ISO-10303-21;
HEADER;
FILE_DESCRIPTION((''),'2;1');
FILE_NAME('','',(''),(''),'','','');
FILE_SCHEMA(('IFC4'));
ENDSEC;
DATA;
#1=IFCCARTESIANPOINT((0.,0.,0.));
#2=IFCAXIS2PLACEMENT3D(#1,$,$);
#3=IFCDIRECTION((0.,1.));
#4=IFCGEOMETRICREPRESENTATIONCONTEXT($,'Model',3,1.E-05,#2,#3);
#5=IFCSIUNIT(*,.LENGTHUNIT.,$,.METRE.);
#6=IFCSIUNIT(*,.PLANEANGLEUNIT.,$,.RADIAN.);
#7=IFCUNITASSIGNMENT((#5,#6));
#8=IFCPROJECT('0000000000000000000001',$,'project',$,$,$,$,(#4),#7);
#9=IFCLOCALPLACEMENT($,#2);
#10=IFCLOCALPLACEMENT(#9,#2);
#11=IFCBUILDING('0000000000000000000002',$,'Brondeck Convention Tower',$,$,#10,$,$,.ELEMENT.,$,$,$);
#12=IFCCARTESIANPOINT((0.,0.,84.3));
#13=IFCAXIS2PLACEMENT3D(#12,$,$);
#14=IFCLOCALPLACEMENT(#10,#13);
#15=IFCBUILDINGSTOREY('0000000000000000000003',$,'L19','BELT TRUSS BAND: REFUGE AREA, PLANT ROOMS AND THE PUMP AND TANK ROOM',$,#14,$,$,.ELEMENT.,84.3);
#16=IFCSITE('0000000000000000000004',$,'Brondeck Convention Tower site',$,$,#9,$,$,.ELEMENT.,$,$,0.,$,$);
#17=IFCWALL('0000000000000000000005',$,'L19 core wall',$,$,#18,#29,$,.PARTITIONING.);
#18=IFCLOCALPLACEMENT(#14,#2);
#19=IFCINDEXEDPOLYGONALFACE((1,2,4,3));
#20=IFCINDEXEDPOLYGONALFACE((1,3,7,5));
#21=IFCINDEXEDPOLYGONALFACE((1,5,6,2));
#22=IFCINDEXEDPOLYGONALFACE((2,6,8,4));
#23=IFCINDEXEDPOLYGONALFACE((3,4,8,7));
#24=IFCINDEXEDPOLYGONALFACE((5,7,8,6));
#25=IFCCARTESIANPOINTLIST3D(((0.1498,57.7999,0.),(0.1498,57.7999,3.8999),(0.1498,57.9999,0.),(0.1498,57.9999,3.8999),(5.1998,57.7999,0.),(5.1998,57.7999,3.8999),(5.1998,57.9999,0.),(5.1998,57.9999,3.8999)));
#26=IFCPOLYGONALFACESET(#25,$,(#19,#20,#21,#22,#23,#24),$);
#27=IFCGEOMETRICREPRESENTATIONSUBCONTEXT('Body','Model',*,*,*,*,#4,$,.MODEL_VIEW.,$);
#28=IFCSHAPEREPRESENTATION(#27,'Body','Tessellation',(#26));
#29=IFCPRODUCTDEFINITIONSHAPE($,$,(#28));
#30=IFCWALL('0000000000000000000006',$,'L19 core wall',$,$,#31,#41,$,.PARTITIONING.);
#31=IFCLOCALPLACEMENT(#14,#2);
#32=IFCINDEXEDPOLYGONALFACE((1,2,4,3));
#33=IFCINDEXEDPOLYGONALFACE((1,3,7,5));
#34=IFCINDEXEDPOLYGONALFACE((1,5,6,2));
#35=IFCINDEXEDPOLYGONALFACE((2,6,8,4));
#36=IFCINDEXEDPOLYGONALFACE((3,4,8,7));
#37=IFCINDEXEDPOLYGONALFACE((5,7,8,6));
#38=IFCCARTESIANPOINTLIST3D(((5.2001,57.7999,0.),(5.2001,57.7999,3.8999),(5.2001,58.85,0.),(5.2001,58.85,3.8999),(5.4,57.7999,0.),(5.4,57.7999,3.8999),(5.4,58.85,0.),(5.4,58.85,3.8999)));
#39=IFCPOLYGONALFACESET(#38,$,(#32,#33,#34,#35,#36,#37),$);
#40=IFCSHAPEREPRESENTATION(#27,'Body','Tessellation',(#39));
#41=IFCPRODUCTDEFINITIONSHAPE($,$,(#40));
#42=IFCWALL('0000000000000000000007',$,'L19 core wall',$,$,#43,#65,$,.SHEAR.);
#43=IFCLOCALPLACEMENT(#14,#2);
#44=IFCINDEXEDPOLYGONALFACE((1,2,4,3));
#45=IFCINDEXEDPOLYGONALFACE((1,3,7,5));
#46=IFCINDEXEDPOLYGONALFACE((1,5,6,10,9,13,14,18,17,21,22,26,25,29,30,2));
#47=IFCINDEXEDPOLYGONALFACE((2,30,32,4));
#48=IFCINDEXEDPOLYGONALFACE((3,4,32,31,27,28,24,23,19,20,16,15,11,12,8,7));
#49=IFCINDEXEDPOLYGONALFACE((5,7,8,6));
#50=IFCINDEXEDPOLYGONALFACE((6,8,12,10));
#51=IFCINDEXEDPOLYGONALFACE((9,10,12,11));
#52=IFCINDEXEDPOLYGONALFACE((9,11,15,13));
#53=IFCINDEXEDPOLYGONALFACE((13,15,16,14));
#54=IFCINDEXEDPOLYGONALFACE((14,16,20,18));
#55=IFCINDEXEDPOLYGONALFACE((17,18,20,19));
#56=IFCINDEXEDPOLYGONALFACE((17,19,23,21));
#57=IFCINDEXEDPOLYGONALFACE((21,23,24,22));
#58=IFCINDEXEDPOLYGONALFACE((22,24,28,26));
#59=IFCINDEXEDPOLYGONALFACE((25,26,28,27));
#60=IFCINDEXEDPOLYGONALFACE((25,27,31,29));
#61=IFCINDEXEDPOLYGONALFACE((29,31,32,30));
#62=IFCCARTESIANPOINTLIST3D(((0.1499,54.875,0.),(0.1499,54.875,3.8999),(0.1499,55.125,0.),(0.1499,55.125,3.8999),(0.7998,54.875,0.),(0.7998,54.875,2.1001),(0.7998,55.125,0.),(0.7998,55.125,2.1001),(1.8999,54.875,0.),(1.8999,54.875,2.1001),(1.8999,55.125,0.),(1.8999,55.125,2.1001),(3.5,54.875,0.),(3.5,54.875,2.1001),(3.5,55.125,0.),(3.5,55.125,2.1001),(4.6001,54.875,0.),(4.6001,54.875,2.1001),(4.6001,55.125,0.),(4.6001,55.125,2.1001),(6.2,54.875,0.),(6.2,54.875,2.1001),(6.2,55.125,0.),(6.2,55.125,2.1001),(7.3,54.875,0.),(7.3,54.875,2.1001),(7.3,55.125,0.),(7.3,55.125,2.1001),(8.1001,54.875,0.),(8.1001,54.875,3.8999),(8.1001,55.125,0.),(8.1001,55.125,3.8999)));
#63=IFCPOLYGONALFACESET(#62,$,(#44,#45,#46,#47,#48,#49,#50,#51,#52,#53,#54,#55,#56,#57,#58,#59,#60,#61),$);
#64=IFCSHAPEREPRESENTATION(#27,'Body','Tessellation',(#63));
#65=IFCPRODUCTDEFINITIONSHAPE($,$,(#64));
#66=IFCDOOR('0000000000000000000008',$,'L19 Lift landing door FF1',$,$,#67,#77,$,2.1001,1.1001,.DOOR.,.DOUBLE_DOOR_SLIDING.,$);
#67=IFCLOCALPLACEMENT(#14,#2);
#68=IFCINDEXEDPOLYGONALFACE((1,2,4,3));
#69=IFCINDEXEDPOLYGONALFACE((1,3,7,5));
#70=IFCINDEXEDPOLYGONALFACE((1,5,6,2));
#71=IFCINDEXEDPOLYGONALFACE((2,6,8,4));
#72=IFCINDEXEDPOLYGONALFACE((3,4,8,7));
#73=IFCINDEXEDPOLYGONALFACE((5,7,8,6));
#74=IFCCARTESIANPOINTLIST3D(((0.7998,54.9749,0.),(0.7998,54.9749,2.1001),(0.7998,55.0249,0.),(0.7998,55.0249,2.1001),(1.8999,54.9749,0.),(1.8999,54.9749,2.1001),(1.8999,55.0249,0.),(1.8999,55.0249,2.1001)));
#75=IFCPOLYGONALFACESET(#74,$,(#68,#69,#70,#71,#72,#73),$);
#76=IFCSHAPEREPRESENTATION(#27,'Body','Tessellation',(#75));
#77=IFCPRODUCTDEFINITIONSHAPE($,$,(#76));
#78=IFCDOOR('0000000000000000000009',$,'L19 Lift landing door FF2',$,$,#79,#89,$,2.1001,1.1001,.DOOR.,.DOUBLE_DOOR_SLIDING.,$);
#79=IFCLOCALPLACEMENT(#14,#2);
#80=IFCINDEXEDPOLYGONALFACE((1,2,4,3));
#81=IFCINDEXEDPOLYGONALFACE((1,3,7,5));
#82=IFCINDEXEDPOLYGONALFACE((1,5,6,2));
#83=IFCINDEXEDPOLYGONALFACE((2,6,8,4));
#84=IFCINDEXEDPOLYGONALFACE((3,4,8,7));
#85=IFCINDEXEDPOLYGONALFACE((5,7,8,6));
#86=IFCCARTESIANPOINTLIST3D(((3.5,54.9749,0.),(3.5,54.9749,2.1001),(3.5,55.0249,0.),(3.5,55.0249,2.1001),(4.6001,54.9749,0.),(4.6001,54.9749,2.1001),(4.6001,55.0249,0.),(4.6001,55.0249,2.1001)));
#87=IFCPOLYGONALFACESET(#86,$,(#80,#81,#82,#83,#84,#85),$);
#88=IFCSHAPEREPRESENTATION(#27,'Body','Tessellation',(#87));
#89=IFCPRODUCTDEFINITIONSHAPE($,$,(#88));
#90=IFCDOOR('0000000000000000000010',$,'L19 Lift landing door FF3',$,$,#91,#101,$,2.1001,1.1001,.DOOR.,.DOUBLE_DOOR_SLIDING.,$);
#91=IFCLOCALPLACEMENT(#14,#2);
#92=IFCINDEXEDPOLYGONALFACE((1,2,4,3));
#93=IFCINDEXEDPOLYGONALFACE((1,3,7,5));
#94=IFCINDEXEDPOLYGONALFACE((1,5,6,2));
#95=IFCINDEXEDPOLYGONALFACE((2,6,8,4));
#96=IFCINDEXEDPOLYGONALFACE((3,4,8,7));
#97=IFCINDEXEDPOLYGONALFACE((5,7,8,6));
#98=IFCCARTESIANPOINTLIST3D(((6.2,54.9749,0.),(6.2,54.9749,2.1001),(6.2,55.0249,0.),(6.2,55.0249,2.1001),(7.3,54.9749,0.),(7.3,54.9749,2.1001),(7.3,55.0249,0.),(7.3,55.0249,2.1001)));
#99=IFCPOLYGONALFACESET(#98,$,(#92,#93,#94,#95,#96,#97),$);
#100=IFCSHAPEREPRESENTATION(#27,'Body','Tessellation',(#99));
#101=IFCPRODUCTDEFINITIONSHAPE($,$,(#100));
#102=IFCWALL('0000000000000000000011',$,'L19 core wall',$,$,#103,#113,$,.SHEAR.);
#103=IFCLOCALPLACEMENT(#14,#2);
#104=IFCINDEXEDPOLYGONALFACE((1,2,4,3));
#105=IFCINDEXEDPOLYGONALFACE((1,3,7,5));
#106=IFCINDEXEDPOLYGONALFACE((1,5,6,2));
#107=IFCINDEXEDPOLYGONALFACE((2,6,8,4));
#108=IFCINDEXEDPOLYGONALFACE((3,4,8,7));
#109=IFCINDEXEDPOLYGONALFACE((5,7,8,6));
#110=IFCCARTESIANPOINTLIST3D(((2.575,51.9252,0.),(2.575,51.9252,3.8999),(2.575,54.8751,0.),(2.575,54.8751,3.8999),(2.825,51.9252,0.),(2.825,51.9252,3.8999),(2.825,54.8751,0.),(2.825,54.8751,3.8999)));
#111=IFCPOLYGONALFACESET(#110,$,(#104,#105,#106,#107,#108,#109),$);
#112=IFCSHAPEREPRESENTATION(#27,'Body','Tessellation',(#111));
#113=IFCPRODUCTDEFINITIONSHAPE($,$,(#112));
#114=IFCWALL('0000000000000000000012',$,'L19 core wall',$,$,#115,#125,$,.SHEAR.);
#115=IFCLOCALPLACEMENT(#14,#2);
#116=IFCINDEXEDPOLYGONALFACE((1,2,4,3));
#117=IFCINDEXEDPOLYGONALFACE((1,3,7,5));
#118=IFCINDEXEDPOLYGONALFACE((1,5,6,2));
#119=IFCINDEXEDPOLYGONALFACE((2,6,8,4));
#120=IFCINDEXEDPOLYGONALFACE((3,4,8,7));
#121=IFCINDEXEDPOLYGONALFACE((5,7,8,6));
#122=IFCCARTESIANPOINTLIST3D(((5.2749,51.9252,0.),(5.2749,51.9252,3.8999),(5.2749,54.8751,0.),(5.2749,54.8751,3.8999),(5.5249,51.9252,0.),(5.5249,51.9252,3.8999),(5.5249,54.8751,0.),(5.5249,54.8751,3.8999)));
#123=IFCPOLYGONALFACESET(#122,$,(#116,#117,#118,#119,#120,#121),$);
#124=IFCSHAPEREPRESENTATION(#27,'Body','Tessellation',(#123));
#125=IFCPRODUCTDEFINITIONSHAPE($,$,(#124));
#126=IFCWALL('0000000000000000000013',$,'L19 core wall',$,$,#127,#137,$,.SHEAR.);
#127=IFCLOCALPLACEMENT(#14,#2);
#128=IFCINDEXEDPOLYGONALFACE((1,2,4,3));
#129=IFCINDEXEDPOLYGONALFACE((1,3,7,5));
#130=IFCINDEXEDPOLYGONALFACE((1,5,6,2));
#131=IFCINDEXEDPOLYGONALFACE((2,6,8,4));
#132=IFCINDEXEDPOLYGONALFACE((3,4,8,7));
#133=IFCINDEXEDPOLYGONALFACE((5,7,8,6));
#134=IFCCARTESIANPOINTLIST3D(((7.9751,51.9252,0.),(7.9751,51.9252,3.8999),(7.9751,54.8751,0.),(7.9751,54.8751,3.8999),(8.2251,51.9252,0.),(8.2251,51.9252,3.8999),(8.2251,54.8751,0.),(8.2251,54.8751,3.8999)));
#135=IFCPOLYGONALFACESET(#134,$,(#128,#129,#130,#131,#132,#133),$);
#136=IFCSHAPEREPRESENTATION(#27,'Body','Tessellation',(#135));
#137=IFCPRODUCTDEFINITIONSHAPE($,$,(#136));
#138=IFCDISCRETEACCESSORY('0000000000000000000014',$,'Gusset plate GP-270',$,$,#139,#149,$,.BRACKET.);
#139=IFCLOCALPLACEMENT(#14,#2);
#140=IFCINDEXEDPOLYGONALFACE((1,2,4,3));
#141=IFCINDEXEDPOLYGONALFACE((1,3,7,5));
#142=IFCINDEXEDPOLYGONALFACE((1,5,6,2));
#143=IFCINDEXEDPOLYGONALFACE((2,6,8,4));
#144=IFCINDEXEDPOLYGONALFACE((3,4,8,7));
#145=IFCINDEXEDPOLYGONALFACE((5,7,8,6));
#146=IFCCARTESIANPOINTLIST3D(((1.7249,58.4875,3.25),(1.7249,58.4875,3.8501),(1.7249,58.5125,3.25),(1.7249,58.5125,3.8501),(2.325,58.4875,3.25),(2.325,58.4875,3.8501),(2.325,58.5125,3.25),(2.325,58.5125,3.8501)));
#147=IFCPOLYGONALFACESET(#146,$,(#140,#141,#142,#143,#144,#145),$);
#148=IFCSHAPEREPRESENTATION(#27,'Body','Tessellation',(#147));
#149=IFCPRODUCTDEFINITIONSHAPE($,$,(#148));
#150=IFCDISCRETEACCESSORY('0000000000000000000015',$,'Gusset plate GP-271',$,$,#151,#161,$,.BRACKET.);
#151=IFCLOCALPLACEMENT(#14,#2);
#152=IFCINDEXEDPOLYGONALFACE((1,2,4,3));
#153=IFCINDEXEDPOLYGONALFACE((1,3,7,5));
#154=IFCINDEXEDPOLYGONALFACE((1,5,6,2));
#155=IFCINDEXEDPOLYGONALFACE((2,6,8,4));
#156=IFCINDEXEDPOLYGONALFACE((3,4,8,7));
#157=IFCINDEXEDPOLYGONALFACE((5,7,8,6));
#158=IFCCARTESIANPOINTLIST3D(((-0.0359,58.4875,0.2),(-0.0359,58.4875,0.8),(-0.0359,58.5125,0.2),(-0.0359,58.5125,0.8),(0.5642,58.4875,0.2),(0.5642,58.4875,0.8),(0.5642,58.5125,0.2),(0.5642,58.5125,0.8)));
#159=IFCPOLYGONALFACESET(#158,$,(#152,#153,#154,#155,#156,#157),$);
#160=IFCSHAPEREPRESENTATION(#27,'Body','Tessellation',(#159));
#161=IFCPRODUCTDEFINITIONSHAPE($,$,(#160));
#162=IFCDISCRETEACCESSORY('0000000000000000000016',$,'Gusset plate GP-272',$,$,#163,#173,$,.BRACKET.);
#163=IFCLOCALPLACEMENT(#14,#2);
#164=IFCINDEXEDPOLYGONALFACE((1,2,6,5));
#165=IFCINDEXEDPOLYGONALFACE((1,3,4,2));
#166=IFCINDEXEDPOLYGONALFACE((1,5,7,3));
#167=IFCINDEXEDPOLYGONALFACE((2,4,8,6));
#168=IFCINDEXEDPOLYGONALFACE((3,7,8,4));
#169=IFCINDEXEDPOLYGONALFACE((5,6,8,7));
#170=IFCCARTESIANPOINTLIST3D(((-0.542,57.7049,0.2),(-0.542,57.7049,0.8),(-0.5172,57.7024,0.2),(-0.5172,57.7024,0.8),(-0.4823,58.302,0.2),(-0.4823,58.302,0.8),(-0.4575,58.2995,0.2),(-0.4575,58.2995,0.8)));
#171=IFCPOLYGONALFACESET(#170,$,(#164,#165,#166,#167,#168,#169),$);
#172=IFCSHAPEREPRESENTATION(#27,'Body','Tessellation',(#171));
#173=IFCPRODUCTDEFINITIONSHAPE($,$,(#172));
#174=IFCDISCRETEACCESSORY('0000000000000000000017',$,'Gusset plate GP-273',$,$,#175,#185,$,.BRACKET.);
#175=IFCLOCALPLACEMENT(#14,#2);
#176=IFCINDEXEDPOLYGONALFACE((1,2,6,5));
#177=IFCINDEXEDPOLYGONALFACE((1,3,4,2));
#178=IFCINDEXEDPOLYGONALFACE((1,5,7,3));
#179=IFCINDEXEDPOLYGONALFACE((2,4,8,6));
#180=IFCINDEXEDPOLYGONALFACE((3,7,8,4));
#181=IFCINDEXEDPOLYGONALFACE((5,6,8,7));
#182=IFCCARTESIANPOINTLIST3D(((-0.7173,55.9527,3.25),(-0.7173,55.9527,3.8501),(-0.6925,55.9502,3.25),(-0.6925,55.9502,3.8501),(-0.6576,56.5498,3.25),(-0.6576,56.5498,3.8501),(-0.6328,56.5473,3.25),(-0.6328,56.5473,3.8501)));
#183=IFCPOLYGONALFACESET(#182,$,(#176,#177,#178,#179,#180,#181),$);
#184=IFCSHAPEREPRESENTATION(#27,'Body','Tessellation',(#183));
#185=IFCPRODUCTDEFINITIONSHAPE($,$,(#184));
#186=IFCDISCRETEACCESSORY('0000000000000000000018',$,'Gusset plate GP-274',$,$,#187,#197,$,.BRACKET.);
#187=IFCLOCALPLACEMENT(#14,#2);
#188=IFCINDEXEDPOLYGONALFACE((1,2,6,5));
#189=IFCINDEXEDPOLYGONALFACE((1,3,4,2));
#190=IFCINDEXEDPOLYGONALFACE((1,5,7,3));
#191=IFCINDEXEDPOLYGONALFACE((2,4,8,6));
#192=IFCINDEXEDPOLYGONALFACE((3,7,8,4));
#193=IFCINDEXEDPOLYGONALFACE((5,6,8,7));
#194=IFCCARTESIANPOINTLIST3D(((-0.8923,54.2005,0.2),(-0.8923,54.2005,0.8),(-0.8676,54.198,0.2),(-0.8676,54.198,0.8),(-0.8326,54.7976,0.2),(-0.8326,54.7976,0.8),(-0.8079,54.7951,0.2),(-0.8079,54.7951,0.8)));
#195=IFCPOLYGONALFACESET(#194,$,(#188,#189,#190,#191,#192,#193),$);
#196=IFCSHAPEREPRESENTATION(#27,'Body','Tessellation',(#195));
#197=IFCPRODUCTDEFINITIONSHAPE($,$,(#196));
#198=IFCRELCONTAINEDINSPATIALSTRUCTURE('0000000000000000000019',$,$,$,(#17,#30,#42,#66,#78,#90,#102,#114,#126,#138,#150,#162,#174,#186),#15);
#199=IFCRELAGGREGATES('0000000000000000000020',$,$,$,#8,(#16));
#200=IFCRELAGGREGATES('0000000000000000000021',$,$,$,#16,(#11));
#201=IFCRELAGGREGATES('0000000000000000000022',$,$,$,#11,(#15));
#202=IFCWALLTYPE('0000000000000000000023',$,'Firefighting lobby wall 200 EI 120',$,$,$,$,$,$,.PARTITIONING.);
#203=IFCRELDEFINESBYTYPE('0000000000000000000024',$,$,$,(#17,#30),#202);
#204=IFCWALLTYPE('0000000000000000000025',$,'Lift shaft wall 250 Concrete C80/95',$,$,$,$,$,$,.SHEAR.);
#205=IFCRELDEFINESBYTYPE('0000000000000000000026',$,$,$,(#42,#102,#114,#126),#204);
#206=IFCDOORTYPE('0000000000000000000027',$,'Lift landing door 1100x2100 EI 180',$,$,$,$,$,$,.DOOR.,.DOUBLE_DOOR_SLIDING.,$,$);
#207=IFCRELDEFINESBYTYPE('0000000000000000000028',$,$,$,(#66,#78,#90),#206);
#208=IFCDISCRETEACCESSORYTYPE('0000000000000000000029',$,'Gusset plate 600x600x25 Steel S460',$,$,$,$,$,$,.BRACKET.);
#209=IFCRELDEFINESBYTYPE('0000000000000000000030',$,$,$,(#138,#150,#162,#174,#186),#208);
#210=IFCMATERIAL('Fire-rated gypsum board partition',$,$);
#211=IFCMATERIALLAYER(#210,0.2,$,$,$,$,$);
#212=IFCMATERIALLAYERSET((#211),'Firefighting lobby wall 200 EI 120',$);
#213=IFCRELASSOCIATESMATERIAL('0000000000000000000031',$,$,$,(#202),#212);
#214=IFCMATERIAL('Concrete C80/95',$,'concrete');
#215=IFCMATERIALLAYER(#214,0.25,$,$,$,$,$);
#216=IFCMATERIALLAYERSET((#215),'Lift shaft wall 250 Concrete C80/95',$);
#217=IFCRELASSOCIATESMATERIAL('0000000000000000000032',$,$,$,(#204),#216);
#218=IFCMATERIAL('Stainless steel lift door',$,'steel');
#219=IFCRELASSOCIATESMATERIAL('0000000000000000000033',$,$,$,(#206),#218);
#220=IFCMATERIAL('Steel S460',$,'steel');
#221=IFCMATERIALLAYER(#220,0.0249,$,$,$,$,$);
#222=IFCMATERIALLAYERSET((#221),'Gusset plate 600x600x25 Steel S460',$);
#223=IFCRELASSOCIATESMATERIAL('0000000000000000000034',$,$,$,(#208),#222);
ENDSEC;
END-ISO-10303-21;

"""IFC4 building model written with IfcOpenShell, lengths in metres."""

from ifc_helpers import new_model, si_unit, direction, frame, frame_2d, origin, origin_2d, place, context, subcontext, project, spatial, rectangle, extrude, material, layer, layer_set, type_object, element, fill, save


model = new_model("IFC4")

# Units and contexts
model_context = context("Model", 3, precision=1e-05, world=origin(), true_north=direction((0.0, 1.0)))
body_context = subcontext(model_context, "Body", "Model", "MODEL_VIEW")
ifc_project = project(units=[si_unit("LENGTHUNIT", "METRE"), si_unit("PLANEANGLEUNIT", "RADIAN")], contexts=[model_context])

# Site, building, storey
site_placement = place(None, origin())
site = spatial("IfcSite", under=ifc_project, at=site_placement, Name="Brondeck Convention Tower site", CompositionType="ELEMENT", RefElevation=0.0)
building_placement = place(site_placement, origin())
building = spatial("IfcBuilding", under=site, at=building_placement, Name="Brondeck Convention Tower", CompositionType="ELEMENT")
storey_placement = place(building_placement, frame((0.0, 0.0, 84.3)))
storey = spatial("IfcBuildingStorey", under=building, at=storey_placement, Name="L19", Description="BELT TRUSS BAND: REFUGE AREA, PLANT ROOMS AND THE PUMP AND TANK ROOM", CompositionType="ELEMENT", Elevation=84.3)

# Shared definitions
ifc_material_1 = material(Name="Concrete C80/95", Category="concrete")

# Shared definitions
ifc_material_2 = material(Name="Steel S460", Category="steel")

# Shared definitions
ifc_material_3 = material(Name="Fire-rated gypsum board partition")
ifc_layer_1 = layer(ifc_material_3, 0.2)
ifc_layer_set_1 = layer_set([ifc_layer_1], Name="Firefighting lobby wall 200 EI 120")
wall_type_1 = type_object("IfcWallType", Name="Firefighting lobby wall 200 EI 120", PredefinedType="PARTITIONING", material=ifc_layer_set_1)

# Walls
wall_1_placement = place(storey_placement, frame((0.1499, 57.8999, 0.0), z_axis=(0.0, 0.0, 1.0), x_axis=(1.0, 0.0, 0.0)))
element("IfcWall", 1, at=wall_1_placement, inside=storey, type_object=wall_type_1, Name="L19 core wall", PredefinedType="PARTITIONING", context=body_context, shape_type="SweptSolid", body=[
    extrude(rectangle(XDim=5.05, YDim=0.2, at=frame_2d((2.5249, 0.0))), origin(), (0.0, 0.0, 1.0), 3.8999),
])
wall_2_placement = place(storey_placement, frame((5.3, 57.8, 0.0), z_axis=(0.0, 0.0, 1.0), x_axis=(0.0, 1.0, 0.0)))
element("IfcWall", 2, at=wall_2_placement, inside=storey, type_object=wall_type_1, Name="L19 core wall", PredefinedType="PARTITIONING", context=body_context, shape_type="SweptSolid", body=[
    extrude(rectangle(XDim=1.05, YDim=0.2, at=frame_2d((0.5249, 0.0))), origin(), (0.0, 0.0, 1.0), 3.8999),
])

# Wall, openings, doors
ifc_layer_2 = layer(ifc_material_1, 0.25)
ifc_layer_set_2 = layer_set([ifc_layer_2], Name="Lift shaft wall 250 Concrete C80/95")
wall_type_2 = type_object("IfcWallType", Name="Lift shaft wall 250 Concrete C80/95", PredefinedType="SHEAR", material=ifc_layer_set_2)
wall_3_placement = place(storey_placement, frame((0.1499, 55.0, 0.0), z_axis=(0.0, 0.0, 1.0), x_axis=(1.0, 0.0, 0.0)))
wall_3 = element("IfcWall", 3, at=wall_3_placement, inside=storey, type_object=wall_type_2, Name="L19 core wall", PredefinedType="SHEAR", context=body_context, shape_type="SweptSolid", body=[
    extrude(rectangle(XDim=7.9502, YDim=0.25, at=frame_2d((3.9751, 0.0))), origin(), (0.0, 0.0, 1.0), 3.8999),
])
opening_1_placement = place(wall_3_placement, frame((0.6499, 0.0, 0.0)))
opening_1 = element("IfcOpeningElement", 4, at=opening_1_placement, cuts=wall_3, PredefinedType="OPENING", context=body_context, shape_type="SweptSolid", body=[
    extrude(rectangle(XDim=1.1001, YDim=2.1001, at=frame_2d((0.55, 1.05))), frame((0.0, 0.135, 0.0), z_axis=(0.0, -1.0, 0.0), x_axis=(1.0, 0.0, 0.0)), (0.0, 0.0, 1.0), 0.27),
])
opening_2_placement = place(wall_3_placement, frame((3.3501, 0.0, 0.0)))
opening_2 = element("IfcOpeningElement", 5, at=opening_2_placement, cuts=wall_3, PredefinedType="OPENING", context=body_context, shape_type="SweptSolid", body=[
    extrude(rectangle(XDim=1.1001, YDim=2.1001, at=frame_2d((0.55, 1.05))), frame((0.0, 0.135, 0.0), z_axis=(0.0, -1.0, 0.0), x_axis=(1.0, 0.0, 0.0)), (0.0, 0.0, 1.0), 0.27),
])
opening_3_placement = place(wall_3_placement, frame((6.05, 0.0, 0.0)))
opening_3 = element("IfcOpeningElement", 6, at=opening_3_placement, cuts=wall_3, PredefinedType="OPENING", context=body_context, shape_type="SweptSolid", body=[
    extrude(rectangle(XDim=1.1001, YDim=2.1001, at=frame_2d((0.55, 1.05))), frame((0.0, 0.135, 0.0), z_axis=(0.0, -1.0, 0.0), x_axis=(1.0, 0.0, 0.0)), (0.0, 0.0, 1.0), 0.27),
])
ifc_material_4 = material(Name="Stainless steel lift door", Category="steel")
door_type_1 = type_object("IfcDoorType", Name="Lift landing door 1100x2100 EI 180", OperationType="DOUBLE_DOOR_SLIDING", PredefinedType="DOOR", material=ifc_material_4)
door_1_placement = place(opening_1_placement, origin())
door_1 = element("IfcDoor", 7, at=door_1_placement, inside=storey, type_object=door_type_1, Name="L19 Lift landing door FF1", OperationType="DOUBLE_DOOR_SLIDING", OverallHeight=2.1001, OverallWidth=1.1001, PredefinedType="DOOR", context=body_context, shape_type="SweptSolid", body=[
    extrude(rectangle(XDim=1.1001, YDim=2.1001, at=frame_2d((0.55, 1.05))), frame((0.0, 0.0249, 0.0), z_axis=(0.0, -1.0, 0.0), x_axis=(1.0, 0.0, 0.0)), (0.0, 0.0, 1.0), 0.05),
])
fill(opening_1, door_1)
door_2_placement = place(opening_2_placement, origin())
door_2 = element("IfcDoor", 8, at=door_2_placement, inside=storey, type_object=door_type_1, Name="L19 Lift landing door FF2", OperationType="DOUBLE_DOOR_SLIDING", OverallHeight=2.1001, OverallWidth=1.1001, PredefinedType="DOOR", context=body_context, shape_type="SweptSolid", body=[
    extrude(rectangle(XDim=1.1001, YDim=2.1001, at=frame_2d((0.55, 1.05))), frame((0.0, 0.0249, 0.0), z_axis=(0.0, -1.0, 0.0), x_axis=(1.0, 0.0, 0.0)), (0.0, 0.0, 1.0), 0.05),
])
fill(opening_2, door_2)
door_3_placement = place(opening_3_placement, origin())
door_3 = element("IfcDoor", 9, at=door_3_placement, inside=storey, type_object=door_type_1, Name="L19 Lift landing door FF3", OperationType="DOUBLE_DOOR_SLIDING", OverallHeight=2.1001, OverallWidth=1.1001, PredefinedType="DOOR", context=body_context, shape_type="SweptSolid", body=[
    extrude(rectangle(XDim=1.1001, YDim=2.1001, at=frame_2d((0.55, 1.05))), frame((0.0, 0.0249, 0.0), z_axis=(0.0, -1.0, 0.0), x_axis=(1.0, 0.0, 0.0)), (0.0, 0.0, 1.0), 0.05),
])
fill(opening_3, door_3)

# Walls
for number, where, z_axis, x_axis, name in (
    (10, (2.7, 51.925, 0.0), (0.0, 0.0, 1.0), (0.0, 1.0, 0.0), "L19 core wall"),
    (11, (5.3999, 51.925, 0.0), (0.0, 0.0, 1.0), (0.0, 1.0, 0.0), "L19 core wall"),
    (12, (8.1001, 51.925, 0.0), (0.0, 0.0, 1.0), (0.0, 1.0, 0.0), "L19 core wall"),
):
    element("IfcWall", number, at=place(storey_placement, frame(where, z_axis=z_axis, x_axis=x_axis)), inside=storey, type_object=wall_type_2, Name=name, PredefinedType="SHEAR", context=body_context, shape_type="SweptSolid", body=[
        extrude(rectangle(XDim=2.95, YDim=0.25, at=frame_2d((1.4751, 0.0))), origin(), (0.0, 0.0, 1.0), 3.8999),
    ])

# Discrete accessories
ifc_layer_3 = layer(ifc_material_2, 0.0249)
ifc_layer_set_3 = layer_set([ifc_layer_3], Name="Gusset plate 600x600x25 Steel S460")
discrete_accessory_type = type_object("IfcDiscreteAccessoryType", Name="Gusset plate 600x600x25 Steel S460", PredefinedType="BRACKET", material=ifc_layer_set_3)
for number, where, z_axis, x_axis, name in (
    (13, (2.0249, 58.5, 3.25), (0.0, 0.0, 1.0), (1.0, 0.0, 0.0), "Gusset plate GP-270"),
    (14, (0.2642, 58.5, 0.2), (0.0, 0.0, 1.0), (1.0, 0.0, 0.0), "Gusset plate GP-271"),
    (15, (-0.4998, 58.0022, 0.2), (0.0, 0.0, 1.0), (0.099511, 0.995036, 0.0), "Gusset plate GP-272"),
    (16, (-0.675, 56.25, 3.25), (0.0, 0.0, 1.0), (0.099511, 0.995036, 0.0), "Gusset plate GP-273"),
    (17, (-0.8501, 54.4978, 0.2), (0.0, 0.0, 1.0), (0.099511, 0.995036, 0.0), "Gusset plate GP-274"),
):
    element("IfcDiscreteAccessory", number, at=place(storey_placement, frame(where, z_axis=z_axis, x_axis=x_axis)), inside=storey, type_object=discrete_accessory_type, Name=name, PredefinedType="BRACKET", context=body_context, shape_type="SweptSolid", body=[
        extrude(rectangle(XDim=0.6001, YDim=0.0249, at=origin_2d()), origin(), (0.0, 0.0, 1.0), 0.6001),
    ])

save(model, "model.ifc")
